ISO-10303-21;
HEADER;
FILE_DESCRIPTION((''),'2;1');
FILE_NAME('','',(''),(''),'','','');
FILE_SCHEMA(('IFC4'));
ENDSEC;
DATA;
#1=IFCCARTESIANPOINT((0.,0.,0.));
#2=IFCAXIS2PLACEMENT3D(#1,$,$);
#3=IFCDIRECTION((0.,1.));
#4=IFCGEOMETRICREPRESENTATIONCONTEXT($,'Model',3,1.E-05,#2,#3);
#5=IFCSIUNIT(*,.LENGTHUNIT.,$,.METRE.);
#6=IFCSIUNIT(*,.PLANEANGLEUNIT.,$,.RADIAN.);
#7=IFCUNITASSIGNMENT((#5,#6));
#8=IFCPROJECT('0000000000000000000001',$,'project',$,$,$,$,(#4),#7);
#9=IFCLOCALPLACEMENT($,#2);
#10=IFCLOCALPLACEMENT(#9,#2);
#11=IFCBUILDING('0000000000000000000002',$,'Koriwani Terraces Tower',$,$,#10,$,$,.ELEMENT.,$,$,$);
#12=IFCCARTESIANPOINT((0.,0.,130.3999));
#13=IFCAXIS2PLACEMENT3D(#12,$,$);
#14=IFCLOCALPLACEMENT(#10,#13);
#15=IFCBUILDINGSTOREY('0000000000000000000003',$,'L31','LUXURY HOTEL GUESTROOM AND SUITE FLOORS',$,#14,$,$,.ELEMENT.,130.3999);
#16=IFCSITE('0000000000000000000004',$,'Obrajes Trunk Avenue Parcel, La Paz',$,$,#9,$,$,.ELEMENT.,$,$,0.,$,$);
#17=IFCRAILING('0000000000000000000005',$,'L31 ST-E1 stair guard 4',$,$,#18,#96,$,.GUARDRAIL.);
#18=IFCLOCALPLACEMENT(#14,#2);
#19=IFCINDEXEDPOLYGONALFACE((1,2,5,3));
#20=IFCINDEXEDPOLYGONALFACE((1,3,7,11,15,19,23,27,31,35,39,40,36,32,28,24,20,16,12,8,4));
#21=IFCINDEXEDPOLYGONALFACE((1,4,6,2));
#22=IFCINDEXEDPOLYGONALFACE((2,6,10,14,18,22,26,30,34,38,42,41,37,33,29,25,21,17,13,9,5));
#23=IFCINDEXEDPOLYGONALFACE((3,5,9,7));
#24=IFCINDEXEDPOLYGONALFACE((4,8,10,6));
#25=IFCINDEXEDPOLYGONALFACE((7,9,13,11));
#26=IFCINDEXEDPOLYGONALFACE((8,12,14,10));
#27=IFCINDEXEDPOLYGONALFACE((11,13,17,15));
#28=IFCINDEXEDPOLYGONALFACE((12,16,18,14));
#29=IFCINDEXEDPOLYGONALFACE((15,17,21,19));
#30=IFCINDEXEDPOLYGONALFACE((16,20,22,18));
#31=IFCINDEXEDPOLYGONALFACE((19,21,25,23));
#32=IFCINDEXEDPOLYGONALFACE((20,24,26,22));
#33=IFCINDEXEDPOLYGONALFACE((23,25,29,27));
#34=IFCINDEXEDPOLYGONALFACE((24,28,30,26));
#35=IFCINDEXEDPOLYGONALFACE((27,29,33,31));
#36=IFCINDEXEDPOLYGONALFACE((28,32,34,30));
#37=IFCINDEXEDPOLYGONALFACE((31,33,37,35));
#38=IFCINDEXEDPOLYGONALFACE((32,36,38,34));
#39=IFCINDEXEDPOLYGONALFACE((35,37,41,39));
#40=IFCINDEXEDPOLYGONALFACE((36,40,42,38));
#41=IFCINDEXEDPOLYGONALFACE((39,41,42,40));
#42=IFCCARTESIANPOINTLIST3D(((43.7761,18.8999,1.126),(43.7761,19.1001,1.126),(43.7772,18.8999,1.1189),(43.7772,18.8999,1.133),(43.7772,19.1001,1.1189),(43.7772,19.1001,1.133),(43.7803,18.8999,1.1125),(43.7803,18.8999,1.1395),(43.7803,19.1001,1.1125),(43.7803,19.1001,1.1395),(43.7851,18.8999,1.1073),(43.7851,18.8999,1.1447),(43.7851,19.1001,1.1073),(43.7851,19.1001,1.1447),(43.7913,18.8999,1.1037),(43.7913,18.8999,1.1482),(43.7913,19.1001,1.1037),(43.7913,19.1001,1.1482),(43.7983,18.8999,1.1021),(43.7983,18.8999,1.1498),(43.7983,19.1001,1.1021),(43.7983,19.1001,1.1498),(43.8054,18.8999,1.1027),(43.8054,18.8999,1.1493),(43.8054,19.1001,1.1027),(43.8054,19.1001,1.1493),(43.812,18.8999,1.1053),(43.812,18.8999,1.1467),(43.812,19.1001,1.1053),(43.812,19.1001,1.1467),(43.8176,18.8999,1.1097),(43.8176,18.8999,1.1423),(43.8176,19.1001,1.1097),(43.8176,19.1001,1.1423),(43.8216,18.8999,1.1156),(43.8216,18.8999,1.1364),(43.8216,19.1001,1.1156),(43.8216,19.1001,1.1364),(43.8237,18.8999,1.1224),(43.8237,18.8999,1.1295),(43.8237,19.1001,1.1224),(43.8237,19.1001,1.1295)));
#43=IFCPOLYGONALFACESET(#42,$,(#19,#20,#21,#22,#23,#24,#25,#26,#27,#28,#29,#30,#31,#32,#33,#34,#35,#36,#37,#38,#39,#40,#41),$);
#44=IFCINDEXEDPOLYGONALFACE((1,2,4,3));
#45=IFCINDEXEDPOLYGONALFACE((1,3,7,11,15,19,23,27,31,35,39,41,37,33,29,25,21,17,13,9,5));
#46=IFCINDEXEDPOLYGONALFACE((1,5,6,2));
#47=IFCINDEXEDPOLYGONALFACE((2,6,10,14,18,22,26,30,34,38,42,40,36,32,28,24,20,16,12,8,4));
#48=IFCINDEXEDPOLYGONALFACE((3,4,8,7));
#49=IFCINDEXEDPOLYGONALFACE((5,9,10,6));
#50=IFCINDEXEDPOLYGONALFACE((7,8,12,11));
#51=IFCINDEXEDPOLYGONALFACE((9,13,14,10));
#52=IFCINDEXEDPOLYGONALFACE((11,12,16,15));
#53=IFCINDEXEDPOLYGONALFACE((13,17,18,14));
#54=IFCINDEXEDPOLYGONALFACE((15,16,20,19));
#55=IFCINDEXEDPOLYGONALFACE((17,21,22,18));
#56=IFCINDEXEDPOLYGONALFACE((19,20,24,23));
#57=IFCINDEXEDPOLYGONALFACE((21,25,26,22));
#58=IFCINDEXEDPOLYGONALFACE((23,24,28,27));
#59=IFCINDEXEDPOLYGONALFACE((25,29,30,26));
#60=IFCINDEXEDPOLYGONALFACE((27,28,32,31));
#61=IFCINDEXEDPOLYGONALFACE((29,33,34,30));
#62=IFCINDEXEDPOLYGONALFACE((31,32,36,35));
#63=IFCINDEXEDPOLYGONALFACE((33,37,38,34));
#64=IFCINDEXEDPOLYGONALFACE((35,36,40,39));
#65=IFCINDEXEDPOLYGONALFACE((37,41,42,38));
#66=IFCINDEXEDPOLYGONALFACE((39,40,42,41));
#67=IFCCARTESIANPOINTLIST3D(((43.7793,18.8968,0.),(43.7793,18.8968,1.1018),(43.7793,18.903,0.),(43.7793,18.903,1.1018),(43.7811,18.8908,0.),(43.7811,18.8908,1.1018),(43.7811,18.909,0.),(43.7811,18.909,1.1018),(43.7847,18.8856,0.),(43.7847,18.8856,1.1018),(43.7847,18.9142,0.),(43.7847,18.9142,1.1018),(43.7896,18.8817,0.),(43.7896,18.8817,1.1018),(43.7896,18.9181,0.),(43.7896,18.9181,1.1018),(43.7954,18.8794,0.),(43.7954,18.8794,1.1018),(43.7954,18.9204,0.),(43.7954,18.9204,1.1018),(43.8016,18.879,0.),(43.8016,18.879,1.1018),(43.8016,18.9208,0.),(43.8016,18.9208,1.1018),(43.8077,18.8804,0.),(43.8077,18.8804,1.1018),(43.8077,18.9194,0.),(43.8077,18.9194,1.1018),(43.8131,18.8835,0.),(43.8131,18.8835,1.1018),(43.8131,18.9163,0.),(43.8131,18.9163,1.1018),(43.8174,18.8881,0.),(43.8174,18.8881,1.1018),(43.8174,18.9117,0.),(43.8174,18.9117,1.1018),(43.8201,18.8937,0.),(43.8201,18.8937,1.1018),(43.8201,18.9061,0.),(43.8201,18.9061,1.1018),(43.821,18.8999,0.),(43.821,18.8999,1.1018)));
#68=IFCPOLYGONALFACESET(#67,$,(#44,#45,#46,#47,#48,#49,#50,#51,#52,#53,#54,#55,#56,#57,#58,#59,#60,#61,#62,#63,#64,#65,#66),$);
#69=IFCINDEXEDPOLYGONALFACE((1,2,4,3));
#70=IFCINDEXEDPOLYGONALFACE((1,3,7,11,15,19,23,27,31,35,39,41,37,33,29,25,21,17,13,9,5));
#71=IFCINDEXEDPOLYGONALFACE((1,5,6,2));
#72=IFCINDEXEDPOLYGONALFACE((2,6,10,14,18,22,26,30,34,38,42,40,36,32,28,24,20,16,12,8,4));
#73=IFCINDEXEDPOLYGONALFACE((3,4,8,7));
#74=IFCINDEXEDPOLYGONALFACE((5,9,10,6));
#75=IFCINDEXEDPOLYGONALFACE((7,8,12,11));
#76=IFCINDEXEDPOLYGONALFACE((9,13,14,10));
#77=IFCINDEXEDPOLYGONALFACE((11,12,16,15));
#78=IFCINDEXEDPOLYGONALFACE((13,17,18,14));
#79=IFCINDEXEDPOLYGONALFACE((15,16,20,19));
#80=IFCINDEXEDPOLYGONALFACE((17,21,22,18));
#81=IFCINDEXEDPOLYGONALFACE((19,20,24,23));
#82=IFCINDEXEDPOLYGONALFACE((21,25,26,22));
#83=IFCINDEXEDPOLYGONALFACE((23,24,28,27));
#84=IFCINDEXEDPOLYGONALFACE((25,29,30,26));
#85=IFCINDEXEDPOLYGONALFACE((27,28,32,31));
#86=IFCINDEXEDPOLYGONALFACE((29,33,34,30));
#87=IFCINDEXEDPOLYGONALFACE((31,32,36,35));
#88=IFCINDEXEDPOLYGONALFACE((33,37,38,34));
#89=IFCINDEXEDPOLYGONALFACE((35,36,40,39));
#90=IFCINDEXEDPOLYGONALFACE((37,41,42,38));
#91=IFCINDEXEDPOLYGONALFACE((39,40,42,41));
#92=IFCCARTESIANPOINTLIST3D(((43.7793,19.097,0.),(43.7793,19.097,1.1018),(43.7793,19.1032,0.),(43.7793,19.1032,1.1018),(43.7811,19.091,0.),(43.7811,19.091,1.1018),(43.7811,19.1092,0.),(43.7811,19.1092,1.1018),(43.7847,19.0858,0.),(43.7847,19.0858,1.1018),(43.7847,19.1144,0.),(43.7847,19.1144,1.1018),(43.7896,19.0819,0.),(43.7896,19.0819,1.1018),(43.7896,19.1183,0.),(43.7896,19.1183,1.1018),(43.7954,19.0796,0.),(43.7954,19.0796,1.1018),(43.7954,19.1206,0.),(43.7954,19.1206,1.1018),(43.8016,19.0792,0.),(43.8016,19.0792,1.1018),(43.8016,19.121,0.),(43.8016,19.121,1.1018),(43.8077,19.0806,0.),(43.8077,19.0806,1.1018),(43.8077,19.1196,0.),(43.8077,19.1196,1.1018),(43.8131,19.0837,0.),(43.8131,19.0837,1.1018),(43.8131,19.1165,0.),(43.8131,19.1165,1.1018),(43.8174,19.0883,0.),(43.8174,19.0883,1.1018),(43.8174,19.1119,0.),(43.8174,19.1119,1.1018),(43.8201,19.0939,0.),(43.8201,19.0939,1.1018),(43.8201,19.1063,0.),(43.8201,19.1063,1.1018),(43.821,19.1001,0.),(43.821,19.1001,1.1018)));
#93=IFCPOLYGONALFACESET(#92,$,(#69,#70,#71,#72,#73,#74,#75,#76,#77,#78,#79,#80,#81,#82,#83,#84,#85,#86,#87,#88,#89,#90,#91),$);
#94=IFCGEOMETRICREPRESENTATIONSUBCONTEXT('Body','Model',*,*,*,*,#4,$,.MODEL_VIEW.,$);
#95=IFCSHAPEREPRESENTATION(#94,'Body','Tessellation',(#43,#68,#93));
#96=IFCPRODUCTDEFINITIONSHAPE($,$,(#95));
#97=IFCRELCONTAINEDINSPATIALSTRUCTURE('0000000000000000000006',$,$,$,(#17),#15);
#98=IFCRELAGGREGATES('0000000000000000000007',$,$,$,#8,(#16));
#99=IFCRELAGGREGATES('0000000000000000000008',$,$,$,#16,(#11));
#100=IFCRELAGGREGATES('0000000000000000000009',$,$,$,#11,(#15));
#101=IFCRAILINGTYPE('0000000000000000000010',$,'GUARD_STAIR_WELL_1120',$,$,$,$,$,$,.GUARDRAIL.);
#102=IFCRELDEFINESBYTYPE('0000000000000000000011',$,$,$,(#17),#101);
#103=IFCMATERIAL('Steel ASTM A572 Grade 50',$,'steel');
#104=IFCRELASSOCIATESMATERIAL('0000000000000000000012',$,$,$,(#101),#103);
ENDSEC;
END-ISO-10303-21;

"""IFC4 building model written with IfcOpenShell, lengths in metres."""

from ifc_helpers import new_model, si_unit, direction, frame, origin, origin_2d, place, context, subcontext, project, spatial, circle, extrude, material, type_object, element, save


model = new_model("IFC4")

# Units and contexts
model_context = context("Model", 3, precision=1e-05, world=origin(), true_north=direction((0.0, 1.0)))
body_context = subcontext(model_context, "Body", "Model", "MODEL_VIEW")
ifc_project = project(units=[si_unit("LENGTHUNIT", "METRE"), si_unit("PLANEANGLEUNIT", "RADIAN")], contexts=[model_context])

# Site, building, storey
site_placement = place(None, origin())
site = spatial("IfcSite", under=ifc_project, at=site_placement, Name="Obrajes Trunk Avenue Parcel, La Paz", CompositionType="ELEMENT", RefElevation=0.0)
building_placement = place(site_placement, origin())
building = spatial("IfcBuilding", under=site, at=building_placement, Name="Koriwani Terraces Tower", CompositionType="ELEMENT")
storey_placement = place(building_placement, frame((0.0, 0.0, 130.3999)))
storey = spatial("IfcBuildingStorey", under=building, at=storey_placement, Name="L31", Description="LUXURY HOTEL GUESTROOM AND SUITE FLOORS", CompositionType="ELEMENT", Elevation=130.3999)

# Shared definitions
ifc_material_1 = material(Name="Steel ASTM A572 Grade 50", Category="steel")

# Railing
railing_type_1 = type_object("IfcRailingType", Name="GUARD_STAIR_WELL_1120", PredefinedType="GUARDRAIL", material=ifc_material_1)
railing_1_placement = place(storey_placement, frame((43.8, 18.8999, 0.0)))
element("IfcRailing", 1, at=railing_1_placement, inside=storey, type_object=railing_type_1, Name="L31 ST-E1 stair guard 4", PredefinedType="GUARDRAIL", context=body_context, shape_type="SweptSolid", body=[
    extrude(circle(Radius=0.0239, at=origin_2d()), frame((0.0, 0.0, 1.126), z_axis=(0.0, 1.0, 0.0), x_axis=(-1.0, 0.0, 0.0)), (0.0, 0.0, 1.0), 0.2002),
    extrude(circle(Radius=0.021, at=origin_2d()), origin(), (0.0, 0.0, 1.0), 1.1018),
    extrude(circle(Radius=0.021, at=origin_2d()), frame((0.0, 0.2002, 0.0)), (0.0, 0.0, 1.0), 1.1018),
])

save(model, "model.ifc")
